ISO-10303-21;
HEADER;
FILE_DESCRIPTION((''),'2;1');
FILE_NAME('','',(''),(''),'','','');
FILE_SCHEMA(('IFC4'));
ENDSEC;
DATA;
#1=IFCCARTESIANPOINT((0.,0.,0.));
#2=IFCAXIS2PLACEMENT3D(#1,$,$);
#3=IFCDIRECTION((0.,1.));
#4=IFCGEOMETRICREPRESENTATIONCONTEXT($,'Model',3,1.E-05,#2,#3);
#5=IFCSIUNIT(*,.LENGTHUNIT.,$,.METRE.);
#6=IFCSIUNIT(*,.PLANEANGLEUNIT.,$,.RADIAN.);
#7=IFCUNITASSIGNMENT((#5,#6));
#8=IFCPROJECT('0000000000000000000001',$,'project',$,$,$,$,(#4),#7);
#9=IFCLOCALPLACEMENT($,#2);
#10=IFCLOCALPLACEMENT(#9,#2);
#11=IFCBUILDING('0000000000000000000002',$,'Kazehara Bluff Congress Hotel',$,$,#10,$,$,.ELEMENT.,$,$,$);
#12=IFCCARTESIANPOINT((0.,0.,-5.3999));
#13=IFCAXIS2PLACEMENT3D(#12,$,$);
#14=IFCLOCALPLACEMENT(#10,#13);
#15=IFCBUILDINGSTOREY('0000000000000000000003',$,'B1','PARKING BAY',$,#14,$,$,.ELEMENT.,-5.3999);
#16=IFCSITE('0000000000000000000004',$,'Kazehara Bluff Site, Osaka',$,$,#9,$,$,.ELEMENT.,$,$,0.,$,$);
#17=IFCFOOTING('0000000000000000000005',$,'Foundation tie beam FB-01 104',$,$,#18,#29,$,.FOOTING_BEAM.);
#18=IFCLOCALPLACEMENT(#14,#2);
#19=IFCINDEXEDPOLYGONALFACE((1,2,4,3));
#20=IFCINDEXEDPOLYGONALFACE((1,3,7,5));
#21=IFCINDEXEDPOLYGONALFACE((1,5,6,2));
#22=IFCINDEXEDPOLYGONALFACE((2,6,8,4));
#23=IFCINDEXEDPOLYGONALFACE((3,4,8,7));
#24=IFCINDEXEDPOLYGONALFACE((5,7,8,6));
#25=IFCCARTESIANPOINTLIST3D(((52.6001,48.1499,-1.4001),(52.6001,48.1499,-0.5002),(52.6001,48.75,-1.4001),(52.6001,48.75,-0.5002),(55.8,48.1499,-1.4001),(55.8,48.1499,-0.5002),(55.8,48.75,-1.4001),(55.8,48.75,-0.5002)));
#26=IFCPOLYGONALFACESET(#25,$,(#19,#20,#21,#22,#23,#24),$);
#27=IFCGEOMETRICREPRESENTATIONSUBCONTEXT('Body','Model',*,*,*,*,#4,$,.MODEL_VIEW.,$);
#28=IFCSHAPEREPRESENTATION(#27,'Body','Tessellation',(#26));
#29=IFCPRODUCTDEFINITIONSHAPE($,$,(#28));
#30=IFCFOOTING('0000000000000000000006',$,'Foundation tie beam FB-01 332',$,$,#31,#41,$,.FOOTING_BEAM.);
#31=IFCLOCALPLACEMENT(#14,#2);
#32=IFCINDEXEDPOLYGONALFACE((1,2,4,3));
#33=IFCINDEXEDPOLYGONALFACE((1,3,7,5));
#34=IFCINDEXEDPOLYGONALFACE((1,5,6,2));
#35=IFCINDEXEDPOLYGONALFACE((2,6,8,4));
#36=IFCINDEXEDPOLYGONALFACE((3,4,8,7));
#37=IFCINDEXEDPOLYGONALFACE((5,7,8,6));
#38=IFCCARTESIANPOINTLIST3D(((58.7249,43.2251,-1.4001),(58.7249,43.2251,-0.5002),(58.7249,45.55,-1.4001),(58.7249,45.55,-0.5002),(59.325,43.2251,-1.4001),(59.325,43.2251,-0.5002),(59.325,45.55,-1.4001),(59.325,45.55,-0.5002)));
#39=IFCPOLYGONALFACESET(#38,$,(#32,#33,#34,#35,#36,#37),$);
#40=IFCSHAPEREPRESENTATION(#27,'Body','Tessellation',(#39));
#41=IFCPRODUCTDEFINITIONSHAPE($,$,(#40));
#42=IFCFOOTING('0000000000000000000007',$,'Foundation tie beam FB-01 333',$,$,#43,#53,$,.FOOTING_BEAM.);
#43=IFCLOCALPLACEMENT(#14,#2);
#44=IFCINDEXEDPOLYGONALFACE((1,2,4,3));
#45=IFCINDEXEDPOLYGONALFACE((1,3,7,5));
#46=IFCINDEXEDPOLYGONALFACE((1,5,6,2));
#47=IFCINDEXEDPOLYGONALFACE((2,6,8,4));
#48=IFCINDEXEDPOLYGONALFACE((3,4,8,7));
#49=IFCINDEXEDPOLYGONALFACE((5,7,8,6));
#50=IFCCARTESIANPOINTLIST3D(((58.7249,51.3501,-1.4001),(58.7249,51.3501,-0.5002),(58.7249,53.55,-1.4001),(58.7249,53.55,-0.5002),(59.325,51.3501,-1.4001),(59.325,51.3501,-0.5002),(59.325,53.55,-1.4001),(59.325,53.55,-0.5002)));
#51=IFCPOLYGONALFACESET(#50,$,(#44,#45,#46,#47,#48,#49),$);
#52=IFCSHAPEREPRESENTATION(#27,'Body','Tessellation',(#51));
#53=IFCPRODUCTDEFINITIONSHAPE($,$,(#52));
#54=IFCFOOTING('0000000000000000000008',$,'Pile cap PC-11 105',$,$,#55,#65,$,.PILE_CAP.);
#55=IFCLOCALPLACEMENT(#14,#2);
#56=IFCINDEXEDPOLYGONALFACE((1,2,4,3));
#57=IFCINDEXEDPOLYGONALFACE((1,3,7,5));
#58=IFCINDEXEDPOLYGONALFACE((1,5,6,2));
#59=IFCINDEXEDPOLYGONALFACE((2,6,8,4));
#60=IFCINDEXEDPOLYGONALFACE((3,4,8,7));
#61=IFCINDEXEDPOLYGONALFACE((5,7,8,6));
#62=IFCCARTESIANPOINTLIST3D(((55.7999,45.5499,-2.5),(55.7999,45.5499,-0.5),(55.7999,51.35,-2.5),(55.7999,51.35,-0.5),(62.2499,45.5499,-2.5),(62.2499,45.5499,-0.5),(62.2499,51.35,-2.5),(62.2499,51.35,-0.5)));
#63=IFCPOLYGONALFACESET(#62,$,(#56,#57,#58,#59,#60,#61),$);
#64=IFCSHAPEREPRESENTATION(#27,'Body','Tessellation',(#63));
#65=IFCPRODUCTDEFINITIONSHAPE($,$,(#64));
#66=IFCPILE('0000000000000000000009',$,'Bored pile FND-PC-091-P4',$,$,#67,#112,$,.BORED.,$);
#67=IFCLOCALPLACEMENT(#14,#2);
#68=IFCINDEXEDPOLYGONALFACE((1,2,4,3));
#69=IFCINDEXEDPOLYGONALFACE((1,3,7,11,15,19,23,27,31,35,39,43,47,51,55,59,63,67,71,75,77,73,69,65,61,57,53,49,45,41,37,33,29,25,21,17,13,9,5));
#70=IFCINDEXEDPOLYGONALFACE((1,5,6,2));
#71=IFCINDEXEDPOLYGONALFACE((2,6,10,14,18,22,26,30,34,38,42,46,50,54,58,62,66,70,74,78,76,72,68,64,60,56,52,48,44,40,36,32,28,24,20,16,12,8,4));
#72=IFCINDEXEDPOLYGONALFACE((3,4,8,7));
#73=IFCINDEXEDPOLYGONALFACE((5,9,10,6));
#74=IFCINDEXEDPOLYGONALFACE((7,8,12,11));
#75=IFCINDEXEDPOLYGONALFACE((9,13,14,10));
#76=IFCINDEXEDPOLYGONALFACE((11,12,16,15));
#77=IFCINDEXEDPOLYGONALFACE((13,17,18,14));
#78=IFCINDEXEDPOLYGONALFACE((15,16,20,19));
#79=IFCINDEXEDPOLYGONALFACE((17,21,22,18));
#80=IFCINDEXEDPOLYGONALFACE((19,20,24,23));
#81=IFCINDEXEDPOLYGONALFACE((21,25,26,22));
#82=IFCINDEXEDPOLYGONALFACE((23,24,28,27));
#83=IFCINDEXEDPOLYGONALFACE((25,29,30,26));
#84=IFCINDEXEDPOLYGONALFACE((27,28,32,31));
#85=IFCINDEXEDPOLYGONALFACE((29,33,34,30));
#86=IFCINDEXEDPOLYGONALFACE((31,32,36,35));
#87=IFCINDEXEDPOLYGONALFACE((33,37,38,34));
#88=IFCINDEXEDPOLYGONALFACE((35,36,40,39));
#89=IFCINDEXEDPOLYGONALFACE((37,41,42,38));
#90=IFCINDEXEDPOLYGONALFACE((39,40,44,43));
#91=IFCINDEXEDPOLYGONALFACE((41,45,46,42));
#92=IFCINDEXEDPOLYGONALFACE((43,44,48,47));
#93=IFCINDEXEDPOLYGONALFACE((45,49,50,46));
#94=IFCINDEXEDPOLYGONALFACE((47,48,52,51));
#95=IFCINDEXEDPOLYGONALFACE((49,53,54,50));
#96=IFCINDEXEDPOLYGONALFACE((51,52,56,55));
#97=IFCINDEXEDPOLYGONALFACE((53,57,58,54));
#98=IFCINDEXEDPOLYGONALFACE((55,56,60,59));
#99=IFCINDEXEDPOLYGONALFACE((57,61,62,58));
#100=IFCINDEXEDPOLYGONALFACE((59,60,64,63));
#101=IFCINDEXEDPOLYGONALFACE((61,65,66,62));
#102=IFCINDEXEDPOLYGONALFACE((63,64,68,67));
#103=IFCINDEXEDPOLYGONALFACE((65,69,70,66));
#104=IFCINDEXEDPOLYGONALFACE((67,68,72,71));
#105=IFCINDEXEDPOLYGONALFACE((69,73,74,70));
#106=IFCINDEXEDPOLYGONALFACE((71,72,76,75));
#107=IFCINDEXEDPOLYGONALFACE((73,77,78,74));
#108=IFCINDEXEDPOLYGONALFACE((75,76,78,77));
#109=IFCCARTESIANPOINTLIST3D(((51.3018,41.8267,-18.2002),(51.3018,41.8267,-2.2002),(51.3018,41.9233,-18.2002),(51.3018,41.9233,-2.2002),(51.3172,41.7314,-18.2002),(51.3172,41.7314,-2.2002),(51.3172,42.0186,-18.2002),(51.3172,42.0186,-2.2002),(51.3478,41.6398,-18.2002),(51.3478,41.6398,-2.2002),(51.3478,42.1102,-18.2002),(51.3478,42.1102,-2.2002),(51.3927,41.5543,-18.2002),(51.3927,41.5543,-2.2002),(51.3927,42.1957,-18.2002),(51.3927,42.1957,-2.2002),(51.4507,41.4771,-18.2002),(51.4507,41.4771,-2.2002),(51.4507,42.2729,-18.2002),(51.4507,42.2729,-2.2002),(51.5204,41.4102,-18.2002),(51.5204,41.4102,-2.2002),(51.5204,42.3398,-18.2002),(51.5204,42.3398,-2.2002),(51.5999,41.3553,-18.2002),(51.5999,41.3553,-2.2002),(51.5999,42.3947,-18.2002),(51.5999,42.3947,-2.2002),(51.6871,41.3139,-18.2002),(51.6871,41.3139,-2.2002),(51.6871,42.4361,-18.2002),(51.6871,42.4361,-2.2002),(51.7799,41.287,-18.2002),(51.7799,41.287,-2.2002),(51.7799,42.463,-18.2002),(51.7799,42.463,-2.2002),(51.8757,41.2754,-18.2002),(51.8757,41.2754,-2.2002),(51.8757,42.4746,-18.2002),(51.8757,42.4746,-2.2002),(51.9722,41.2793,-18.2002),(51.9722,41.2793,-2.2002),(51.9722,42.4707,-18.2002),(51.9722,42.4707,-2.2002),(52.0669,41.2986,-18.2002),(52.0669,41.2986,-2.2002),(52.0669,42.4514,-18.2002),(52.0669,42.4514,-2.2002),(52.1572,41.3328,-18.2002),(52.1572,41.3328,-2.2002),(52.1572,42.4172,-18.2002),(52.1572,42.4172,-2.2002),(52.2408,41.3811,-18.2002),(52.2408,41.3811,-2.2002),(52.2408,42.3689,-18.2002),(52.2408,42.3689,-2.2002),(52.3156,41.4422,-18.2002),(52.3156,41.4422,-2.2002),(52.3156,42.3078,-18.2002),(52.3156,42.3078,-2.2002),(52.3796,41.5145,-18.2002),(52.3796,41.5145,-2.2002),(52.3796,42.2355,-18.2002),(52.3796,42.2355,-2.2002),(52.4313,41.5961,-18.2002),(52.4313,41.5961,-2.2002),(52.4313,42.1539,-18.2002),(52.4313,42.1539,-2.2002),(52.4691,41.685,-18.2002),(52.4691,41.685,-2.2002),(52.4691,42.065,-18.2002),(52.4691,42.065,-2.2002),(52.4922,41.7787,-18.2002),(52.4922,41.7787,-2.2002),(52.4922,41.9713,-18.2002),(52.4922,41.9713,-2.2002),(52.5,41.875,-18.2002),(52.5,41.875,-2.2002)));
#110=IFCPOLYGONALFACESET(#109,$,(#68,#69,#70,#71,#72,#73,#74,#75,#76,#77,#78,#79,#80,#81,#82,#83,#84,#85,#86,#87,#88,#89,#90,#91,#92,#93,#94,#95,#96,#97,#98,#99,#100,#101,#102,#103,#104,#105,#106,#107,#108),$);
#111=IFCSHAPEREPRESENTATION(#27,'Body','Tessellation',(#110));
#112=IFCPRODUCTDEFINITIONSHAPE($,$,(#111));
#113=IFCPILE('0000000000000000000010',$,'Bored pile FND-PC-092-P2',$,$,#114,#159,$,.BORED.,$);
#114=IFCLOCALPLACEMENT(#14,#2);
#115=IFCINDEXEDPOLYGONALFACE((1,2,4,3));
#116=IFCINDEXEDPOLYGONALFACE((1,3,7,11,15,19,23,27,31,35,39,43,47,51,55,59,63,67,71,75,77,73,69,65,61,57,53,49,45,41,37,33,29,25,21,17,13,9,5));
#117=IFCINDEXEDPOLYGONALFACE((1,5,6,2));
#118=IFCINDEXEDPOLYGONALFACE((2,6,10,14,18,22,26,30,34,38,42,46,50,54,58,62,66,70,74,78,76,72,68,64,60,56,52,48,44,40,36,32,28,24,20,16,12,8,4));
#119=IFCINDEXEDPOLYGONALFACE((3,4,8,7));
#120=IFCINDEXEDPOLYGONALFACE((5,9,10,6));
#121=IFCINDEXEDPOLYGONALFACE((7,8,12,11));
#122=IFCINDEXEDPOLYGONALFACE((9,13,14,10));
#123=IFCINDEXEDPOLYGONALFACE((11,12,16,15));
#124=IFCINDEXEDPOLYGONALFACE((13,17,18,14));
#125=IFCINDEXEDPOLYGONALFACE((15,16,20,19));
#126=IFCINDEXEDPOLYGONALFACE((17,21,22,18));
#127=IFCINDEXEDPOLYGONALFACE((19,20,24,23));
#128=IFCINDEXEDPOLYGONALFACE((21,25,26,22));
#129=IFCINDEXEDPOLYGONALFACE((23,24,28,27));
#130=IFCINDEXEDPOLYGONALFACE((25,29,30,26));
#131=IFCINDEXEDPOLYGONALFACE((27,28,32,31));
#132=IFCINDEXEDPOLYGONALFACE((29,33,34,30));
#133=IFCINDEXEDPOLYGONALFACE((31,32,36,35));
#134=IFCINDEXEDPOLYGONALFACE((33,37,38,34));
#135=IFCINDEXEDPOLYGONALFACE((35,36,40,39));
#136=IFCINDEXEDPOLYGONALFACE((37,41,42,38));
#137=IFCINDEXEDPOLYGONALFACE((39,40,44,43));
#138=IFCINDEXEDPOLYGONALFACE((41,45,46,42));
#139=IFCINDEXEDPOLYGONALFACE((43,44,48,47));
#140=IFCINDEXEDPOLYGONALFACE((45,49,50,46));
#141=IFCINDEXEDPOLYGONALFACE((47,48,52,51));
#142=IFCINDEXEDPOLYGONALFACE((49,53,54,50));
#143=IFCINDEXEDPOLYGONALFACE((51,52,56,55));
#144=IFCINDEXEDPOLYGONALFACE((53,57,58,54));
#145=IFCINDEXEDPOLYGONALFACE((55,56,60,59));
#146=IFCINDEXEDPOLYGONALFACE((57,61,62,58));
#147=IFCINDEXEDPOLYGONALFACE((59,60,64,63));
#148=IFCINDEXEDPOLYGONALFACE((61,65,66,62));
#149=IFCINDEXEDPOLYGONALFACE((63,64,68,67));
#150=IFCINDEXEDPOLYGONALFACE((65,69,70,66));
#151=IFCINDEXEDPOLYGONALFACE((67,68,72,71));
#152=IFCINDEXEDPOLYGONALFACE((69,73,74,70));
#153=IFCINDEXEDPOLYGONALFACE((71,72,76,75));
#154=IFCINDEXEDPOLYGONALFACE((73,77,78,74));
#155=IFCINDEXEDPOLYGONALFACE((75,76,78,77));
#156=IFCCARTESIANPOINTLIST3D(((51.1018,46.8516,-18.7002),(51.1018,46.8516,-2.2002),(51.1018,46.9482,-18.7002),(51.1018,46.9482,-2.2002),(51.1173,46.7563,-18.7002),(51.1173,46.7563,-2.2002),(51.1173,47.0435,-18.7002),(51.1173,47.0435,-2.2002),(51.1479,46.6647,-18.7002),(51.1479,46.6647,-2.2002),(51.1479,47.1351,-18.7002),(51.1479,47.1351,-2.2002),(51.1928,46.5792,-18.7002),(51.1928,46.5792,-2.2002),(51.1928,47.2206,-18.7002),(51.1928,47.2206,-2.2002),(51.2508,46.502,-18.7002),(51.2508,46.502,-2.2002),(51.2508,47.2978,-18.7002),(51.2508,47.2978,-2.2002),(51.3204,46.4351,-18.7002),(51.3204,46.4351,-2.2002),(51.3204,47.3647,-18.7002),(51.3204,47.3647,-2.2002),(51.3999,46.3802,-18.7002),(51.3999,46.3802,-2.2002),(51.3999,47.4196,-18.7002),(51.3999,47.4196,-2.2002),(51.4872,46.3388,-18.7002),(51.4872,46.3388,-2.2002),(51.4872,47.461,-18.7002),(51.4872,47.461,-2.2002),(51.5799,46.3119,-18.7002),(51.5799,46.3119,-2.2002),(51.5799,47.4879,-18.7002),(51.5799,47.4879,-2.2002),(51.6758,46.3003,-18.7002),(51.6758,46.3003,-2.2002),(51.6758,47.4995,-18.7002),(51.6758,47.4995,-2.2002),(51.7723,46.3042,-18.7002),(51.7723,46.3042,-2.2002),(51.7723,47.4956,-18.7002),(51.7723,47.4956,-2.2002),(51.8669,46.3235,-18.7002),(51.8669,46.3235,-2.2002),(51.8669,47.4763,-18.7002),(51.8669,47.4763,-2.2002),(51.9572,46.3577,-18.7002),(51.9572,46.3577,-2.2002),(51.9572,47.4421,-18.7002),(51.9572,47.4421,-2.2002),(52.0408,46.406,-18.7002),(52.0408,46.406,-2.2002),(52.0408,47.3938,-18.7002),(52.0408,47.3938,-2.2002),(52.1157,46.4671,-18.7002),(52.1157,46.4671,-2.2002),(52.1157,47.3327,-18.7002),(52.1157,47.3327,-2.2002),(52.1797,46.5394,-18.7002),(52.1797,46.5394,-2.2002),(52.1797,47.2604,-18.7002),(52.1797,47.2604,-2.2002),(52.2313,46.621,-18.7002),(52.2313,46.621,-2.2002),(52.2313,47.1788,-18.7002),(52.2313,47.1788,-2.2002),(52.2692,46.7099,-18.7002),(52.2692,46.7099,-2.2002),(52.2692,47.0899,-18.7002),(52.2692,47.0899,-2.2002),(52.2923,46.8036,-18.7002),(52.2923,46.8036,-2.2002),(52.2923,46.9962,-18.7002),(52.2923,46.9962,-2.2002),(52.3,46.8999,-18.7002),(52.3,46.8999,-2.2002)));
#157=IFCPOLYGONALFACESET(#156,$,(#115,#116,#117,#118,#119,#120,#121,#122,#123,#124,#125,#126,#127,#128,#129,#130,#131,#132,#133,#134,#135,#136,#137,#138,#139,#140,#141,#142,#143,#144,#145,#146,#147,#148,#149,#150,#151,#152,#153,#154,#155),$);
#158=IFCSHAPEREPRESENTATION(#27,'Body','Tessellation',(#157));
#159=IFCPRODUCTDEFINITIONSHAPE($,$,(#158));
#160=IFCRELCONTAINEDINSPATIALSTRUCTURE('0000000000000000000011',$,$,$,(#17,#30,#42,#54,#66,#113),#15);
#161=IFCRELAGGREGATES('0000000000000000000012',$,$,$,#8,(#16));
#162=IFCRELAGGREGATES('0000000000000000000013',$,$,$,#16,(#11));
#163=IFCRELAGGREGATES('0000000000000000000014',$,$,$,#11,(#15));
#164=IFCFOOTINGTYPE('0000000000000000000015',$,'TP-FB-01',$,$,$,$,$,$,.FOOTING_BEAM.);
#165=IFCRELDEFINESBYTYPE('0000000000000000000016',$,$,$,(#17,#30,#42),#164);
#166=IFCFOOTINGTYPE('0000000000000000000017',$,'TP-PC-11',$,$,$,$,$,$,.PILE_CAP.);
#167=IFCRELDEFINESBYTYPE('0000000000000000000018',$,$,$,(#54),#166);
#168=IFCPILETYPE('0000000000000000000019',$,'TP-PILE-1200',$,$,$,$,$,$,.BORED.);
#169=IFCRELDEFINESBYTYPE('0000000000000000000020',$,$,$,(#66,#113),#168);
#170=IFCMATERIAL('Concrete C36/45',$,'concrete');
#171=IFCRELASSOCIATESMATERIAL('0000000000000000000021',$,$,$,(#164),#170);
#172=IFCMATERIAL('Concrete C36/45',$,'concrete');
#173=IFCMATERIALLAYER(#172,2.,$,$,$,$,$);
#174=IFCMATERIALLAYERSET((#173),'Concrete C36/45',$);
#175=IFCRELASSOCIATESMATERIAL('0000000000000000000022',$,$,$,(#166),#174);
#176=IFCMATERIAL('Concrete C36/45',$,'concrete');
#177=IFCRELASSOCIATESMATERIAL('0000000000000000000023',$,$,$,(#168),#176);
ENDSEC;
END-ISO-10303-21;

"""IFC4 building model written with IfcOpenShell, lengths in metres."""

from ifc_helpers import new_model, si_unit, direction, frame, origin, origin_2d, place, context, subcontext, project, spatial, rectangle, circle, extrude, material, layer, layer_set, material_profile, profile_set, type_object, element, save


model = new_model("IFC4")

# Units and contexts
model_context = context("Model", 3, precision=1e-05, world=origin(), true_north=direction((0.0, 1.0)))
body_context = subcontext(model_context, "Body", "Model", "MODEL_VIEW")
ifc_project = project(units=[si_unit("LENGTHUNIT", "METRE"), si_unit("PLANEANGLEUNIT", "RADIAN")], contexts=[model_context])

# Site, building, storey
site_placement = place(None, origin())
site = spatial("IfcSite", under=ifc_project, at=site_placement, Name="Kazehara Bluff Site, Osaka", CompositionType="ELEMENT", RefElevation=0.0)
building_placement = place(site_placement, origin())
building = spatial("IfcBuilding", under=site, at=building_placement, Name="Kazehara Bluff Congress Hotel", CompositionType="ELEMENT")
storey_placement = place(building_placement, frame((0.0, 0.0, -5.3999)))
storey = spatial("IfcBuildingStorey", under=building, at=storey_placement, Name="B1", Description="PARKING BAY", CompositionType="ELEMENT", Elevation=-5.3999)

# Footings
ifc_material_1 = material(Name="Concrete C36/45", Category="concrete")
ifc_material_profile_1 = material_profile(ifc_material_1, rectangle(XDim=0.6001, YDim=0.8999, at=origin_2d()))
ifc_profile_set_1 = profile_set([ifc_material_profile_1], Name="Concrete C36/45")
footing_type_1 = type_object("IfcFootingType", Name="TP-FB-01", PredefinedType="FOOTING_BEAM", material=ifc_profile_set_1)
footing_1_placement = place(storey_placement, frame((52.6001, 48.45, -0.9502), z_axis=(1.0, 0.0, 0.0), x_axis=(0.0, 1.0, 0.0)))
element("IfcFooting", 1, at=footing_1_placement, inside=storey, type_object=footing_type_1, Name="Foundation tie beam FB-01 104", PredefinedType="FOOTING_BEAM", context=body_context, shape_type="SweptSolid", body=[
    extrude(rectangle(XDim=0.6001, YDim=0.8999, at=origin_2d()), origin(), (0.0, 0.0, 1.0), 3.2),
])
footing_2_placement = place(storey_placement, frame((59.0249, 43.2251, -0.9502), z_axis=(0.0, 1.0, 0.0), x_axis=(-1.0, 0.0, 0.0)))
element("IfcFooting", 2, at=footing_2_placement, inside=storey, type_object=footing_type_1, Name="Foundation tie beam FB-01 332", PredefinedType="FOOTING_BEAM", context=body_context, shape_type="SweptSolid", body=[
    extrude(rectangle(XDim=0.6001, YDim=0.8999, at=origin_2d()), origin(), (0.0, 0.0, 1.0), 2.325),
])
footing_3_placement = place(storey_placement, frame((59.0249, 51.3501, -0.9502), z_axis=(0.0, 1.0, 0.0), x_axis=(-1.0, 0.0, 0.0)))
element("IfcFooting", 3, at=footing_3_placement, inside=storey, type_object=footing_type_1, Name="Foundation tie beam FB-01 333", PredefinedType="FOOTING_BEAM", context=body_context, shape_type="SweptSolid", body=[
    extrude(rectangle(XDim=0.6001, YDim=0.8999, at=origin_2d()), origin(), (0.0, 0.0, 1.0), 2.2),
])
ifc_material_2 = material(Name="Concrete C36/45", Category="concrete")
ifc_layer_1 = layer(ifc_material_2, 2.0)
ifc_layer_set_1 = layer_set([ifc_layer_1], Name="Concrete C36/45")
footing_type_2 = type_object("IfcFootingType", Name="TP-PC-11", PredefinedType="PILE_CAP", material=ifc_layer_set_1)
footing_4_placement = place(storey_placement, frame((59.0249, 48.45, -2.5), z_axis=(0.0, 0.0, 1.0), x_axis=(1.0, 0.0, 0.0)))
element("IfcFooting", 4, at=footing_4_placement, inside=storey, type_object=footing_type_2, Name="Pile cap PC-11 105", PredefinedType="PILE_CAP", context=body_context, shape_type="SweptSolid", body=[
    extrude(rectangle(XDim=6.45, YDim=5.8, at=origin_2d()), origin(), (0.0, 0.0, 1.0), 2.0),
])

# Piles
ifc_material_3 = material(Name="Concrete C36/45", Category="concrete")
ifc_material_profile_2 = material_profile(ifc_material_3, circle(Radius=0.6001, at=origin_2d()))
ifc_profile_set_2 = profile_set([ifc_material_profile_2], Name="Concrete C36/45")
pile_type_1 = type_object("IfcPileType", Name="TP-PILE-1200", PredefinedType="BORED", material=ifc_profile_set_2)
pile_placement = place(storey_placement, frame((51.8999, 41.875, -2.2002), z_axis=(0.0, 0.0, -1.0), x_axis=(1.0, 0.0, 0.0)))
element("IfcPile", 5, at=pile_placement, inside=storey, type_object=pile_type_1, Name="Bored pile FND-PC-091-P4", PredefinedType="BORED", context=body_context, shape_type="SweptSolid", body=[
    extrude(circle(Radius=0.6001, at=origin_2d()), origin(), (0.0, 0.0, 1.0), 16.0),
])
for number, where, z_axis, x_axis, name in (
    (6, (51.7, 46.8999, -2.2002), (0.0, 0.0, -1.0), (1.0, 0.0, 0.0), "Bored pile FND-PC-092-P2"),
):
    element("IfcPile", number, at=place(storey_placement, frame(where, z_axis=z_axis, x_axis=x_axis)), inside=storey, type_object=pile_type_1, Name=name, PredefinedType="BORED", context=body_context, shape_type="SweptSolid", body=[
        extrude(circle(Radius=0.6001, at=origin_2d()), origin(), (0.0, 0.0, 1.0), 16.5),
    ])

save(model, "model.ifc")
